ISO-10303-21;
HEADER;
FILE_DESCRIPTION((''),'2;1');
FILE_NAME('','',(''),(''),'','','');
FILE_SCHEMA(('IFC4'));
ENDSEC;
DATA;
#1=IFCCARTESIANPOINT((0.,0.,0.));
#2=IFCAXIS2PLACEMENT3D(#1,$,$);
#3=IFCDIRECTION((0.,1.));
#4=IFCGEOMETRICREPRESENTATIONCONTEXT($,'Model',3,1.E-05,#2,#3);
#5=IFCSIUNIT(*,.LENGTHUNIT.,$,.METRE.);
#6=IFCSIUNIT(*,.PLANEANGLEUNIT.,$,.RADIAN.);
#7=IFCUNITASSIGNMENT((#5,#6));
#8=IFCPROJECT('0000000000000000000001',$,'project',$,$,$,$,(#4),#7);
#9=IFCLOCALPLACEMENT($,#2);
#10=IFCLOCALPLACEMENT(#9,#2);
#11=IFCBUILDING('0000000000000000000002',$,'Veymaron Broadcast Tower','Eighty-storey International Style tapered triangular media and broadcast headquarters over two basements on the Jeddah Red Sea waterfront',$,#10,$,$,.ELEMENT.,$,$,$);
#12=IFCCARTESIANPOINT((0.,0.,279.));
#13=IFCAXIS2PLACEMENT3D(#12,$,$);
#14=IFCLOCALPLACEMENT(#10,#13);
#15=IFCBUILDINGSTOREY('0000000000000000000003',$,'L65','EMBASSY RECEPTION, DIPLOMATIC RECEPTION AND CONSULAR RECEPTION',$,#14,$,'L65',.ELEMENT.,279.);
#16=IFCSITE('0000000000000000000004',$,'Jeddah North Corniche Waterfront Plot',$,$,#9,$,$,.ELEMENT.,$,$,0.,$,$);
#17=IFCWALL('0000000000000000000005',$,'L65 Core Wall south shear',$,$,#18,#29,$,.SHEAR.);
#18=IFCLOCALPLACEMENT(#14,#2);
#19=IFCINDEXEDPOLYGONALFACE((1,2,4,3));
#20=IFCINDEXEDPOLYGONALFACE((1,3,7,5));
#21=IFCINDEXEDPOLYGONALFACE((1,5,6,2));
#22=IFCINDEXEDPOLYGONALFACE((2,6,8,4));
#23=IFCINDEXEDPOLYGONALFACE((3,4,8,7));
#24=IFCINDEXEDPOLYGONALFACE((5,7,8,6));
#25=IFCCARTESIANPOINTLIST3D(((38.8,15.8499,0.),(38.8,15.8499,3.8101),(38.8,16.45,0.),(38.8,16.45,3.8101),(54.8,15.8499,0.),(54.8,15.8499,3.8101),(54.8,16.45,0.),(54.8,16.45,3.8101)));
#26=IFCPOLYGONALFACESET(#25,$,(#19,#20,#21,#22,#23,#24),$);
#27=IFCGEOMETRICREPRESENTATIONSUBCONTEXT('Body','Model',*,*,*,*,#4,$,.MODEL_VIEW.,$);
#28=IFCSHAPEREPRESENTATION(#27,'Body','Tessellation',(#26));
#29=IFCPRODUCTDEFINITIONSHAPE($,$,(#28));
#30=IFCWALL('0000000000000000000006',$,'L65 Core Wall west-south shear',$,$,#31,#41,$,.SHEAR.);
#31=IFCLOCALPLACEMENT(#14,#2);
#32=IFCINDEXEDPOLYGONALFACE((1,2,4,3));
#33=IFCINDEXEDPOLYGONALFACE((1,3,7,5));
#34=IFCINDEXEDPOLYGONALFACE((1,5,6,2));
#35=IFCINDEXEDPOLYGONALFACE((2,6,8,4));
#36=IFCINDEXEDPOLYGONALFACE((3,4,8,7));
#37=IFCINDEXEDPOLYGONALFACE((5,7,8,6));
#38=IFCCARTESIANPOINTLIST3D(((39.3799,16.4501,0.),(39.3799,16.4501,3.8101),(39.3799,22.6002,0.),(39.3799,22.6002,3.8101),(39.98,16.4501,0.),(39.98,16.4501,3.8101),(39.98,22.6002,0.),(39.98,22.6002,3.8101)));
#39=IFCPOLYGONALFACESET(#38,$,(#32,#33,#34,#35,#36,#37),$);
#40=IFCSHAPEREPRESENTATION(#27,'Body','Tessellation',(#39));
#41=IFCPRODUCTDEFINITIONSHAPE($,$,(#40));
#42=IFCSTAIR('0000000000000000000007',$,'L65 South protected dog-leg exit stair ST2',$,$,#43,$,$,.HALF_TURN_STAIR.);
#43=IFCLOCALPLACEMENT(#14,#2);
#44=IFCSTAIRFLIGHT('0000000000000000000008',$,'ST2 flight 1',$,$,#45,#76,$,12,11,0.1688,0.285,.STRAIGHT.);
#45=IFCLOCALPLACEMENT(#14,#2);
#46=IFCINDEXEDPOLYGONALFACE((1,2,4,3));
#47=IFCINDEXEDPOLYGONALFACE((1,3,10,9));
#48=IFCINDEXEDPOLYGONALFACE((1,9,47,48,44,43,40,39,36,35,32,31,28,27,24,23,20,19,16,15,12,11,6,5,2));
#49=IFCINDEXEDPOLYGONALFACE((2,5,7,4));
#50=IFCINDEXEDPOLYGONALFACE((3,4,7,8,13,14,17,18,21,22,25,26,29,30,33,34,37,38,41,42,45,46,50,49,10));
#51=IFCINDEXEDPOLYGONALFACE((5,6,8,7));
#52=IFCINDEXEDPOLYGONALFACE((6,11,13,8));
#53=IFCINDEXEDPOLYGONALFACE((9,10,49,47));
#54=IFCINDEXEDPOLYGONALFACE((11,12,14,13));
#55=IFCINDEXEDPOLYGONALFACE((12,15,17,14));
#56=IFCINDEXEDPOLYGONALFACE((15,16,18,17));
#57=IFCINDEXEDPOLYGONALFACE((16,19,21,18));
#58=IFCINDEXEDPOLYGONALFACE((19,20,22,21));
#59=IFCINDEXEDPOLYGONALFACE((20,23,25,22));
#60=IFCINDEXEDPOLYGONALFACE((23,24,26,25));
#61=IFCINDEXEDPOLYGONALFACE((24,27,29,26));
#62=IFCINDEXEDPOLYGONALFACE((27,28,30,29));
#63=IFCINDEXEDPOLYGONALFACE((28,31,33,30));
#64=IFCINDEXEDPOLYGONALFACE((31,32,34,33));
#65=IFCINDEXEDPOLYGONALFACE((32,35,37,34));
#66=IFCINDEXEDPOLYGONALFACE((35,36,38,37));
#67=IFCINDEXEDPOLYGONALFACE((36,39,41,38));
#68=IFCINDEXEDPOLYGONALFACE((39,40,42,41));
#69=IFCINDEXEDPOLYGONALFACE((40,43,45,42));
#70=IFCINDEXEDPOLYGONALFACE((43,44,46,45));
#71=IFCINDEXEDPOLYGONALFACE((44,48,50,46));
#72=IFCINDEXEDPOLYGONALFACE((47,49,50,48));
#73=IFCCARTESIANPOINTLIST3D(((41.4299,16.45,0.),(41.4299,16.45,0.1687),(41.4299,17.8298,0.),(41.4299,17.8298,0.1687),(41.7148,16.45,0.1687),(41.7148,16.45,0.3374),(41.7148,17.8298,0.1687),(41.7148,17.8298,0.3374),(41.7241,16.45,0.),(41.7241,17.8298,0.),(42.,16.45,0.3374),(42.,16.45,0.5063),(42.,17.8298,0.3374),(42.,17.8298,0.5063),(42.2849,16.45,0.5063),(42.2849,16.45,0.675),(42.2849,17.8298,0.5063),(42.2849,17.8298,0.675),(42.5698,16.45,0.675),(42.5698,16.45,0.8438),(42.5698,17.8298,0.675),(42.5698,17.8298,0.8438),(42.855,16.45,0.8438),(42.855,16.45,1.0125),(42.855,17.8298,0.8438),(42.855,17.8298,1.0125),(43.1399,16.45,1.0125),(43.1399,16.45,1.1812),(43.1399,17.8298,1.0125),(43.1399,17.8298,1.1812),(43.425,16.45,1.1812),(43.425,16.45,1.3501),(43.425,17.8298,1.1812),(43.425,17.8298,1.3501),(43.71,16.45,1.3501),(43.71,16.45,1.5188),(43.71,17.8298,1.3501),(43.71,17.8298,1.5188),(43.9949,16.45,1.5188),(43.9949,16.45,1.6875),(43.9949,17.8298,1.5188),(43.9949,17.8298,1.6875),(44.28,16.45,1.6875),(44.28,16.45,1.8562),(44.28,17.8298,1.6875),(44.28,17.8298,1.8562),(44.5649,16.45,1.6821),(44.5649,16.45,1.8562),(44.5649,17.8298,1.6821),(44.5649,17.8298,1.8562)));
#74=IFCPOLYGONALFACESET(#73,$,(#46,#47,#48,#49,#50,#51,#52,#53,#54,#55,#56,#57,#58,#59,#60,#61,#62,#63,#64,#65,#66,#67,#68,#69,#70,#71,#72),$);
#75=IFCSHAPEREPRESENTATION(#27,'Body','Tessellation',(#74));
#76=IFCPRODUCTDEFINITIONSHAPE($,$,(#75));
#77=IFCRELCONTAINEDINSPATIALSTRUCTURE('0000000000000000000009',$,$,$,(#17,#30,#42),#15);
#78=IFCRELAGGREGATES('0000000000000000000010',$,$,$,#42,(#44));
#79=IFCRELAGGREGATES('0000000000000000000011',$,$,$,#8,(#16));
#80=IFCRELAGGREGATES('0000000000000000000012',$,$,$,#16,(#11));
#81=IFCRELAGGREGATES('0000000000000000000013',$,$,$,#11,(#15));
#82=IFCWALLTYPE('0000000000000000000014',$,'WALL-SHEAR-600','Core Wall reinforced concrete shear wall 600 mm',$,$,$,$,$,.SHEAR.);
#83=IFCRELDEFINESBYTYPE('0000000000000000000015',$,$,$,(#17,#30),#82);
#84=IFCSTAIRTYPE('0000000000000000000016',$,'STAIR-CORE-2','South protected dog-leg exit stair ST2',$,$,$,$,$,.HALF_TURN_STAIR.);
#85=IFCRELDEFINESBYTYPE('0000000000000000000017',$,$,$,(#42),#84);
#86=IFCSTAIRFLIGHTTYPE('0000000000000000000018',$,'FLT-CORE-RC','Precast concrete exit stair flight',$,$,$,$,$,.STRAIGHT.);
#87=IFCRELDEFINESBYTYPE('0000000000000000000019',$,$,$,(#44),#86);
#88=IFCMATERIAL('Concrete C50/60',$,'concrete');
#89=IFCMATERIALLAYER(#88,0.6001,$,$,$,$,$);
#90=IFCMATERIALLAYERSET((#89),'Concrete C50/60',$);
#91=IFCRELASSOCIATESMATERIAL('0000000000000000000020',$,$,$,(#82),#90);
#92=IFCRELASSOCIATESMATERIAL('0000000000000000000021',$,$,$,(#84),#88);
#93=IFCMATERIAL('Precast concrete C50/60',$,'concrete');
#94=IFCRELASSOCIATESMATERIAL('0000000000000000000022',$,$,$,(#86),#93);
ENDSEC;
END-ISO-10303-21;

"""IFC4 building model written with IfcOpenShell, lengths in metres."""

from ifc_helpers import new_model, si_unit, direction, frame, frame_2d, origin, place, context, subcontext, project, spatial, polyline, rectangle, outline, extrude, material, layer, layer_set, type_object, element, aggregate, save


model = new_model("IFC4")

# Units and contexts
model_context = context("Model", 3, precision=1e-05, world=origin(), true_north=direction((0.0, 1.0)))
body_context = subcontext(model_context, "Body", "Model", "MODEL_VIEW")
ifc_project = project(units=[si_unit("LENGTHUNIT", "METRE"), si_unit("PLANEANGLEUNIT", "RADIAN")], contexts=[model_context])

# Site, building, storey
site_placement = place(None, origin())
site = spatial("IfcSite", under=ifc_project, at=site_placement, Name="Jeddah North Corniche Waterfront Plot", CompositionType="ELEMENT", RefElevation=0.0)
building_placement = place(site_placement, origin())
building = spatial("IfcBuilding", under=site, at=building_placement, Name="Veymaron Broadcast Tower", Description="Eighty-storey International Style tapered triangular media and broadcast headquarters over two basements on the Jeddah Red Sea waterfront", CompositionType="ELEMENT")
storey_placement = place(building_placement, frame((0.0, 0.0, 279.0)))
storey = spatial("IfcBuildingStorey", under=building, at=storey_placement, Name="L65", Description="EMBASSY RECEPTION, DIPLOMATIC RECEPTION AND CONSULAR RECEPTION", LongName="L65", CompositionType="ELEMENT", Elevation=279.0)

# Shared definitions
ifc_material_1 = material(Name="Concrete C50/60", Category="concrete")

# Walls
ifc_layer_1 = layer(ifc_material_1, 0.6001)
ifc_layer_set_1 = layer_set([ifc_layer_1], Name="Concrete C50/60")
wall_type_1 = type_object("IfcWallType", Name="WALL-SHEAR-600", Description="Core Wall reinforced concrete shear wall 600 mm", PredefinedType="SHEAR", material=ifc_layer_set_1)
wall_1_placement = place(storey_placement, frame((38.8, 16.1499, 0.0), z_axis=(0.0, 0.0, 1.0), x_axis=(1.0, 0.0, 0.0)))
element("IfcWall", 1, at=wall_1_placement, inside=storey, type_object=wall_type_1, Name="L65 Core Wall south shear", PredefinedType="SHEAR", context=body_context, shape_type="SweptSolid", body=[
    extrude(rectangle(XDim=16.0, YDim=0.6001, at=frame_2d((8.0, 0.0))), origin(), (0.0, 0.0, 1.0), 3.8101),
])
wall_2_placement = place(storey_placement, frame((39.6799, 16.45, 0.0), z_axis=(0.0, 0.0, 1.0), x_axis=(0.0, 1.0, 0.0)))
element("IfcWall", 2, at=wall_2_placement, inside=storey, type_object=wall_type_1, Name="L65 Core Wall west-south shear", PredefinedType="SHEAR", context=body_context, shape_type="SweptSolid", body=[
    extrude(rectangle(XDim=6.1501, YDim=0.6001, at=frame_2d((3.0752, 0.0))), origin(), (0.0, 0.0, 1.0), 3.8101),
])

# Stair, stair flight
stair_type = type_object("IfcStairType", Name="STAIR-CORE-2", Description="South protected dog-leg exit stair ST2", PredefinedType="HALF_TURN_STAIR", material=ifc_material_1)
stair_placement = place(storey_placement, origin())
stair = element("IfcStair", 3, at=stair_placement, inside=storey, type_object=stair_type, Name="L65 South protected dog-leg exit stair ST2", PredefinedType="HALF_TURN_STAIR")
ifc_material_2 = material(Name="Precast concrete C50/60", Category="concrete")
stair_flight_type = type_object("IfcStairFlightType", Name="FLT-CORE-RC", Description="Precast concrete exit stair flight", PredefinedType="STRAIGHT", material=ifc_material_2)
stair_flight_placement = place(storey_placement, frame((41.4299, 17.1399, 0.0), z_axis=(0.0, 0.0, 1.0), x_axis=(1.0, 0.0, 0.0)))
stair_flight = element("IfcStairFlight", 4, at=stair_flight_placement, type_object=stair_flight_type, Name="ST2 flight 1", NumberOfRisers=12, NumberOfTreads=11, PredefinedType="STRAIGHT", RiserHeight=0.1688, TreadLength=0.285, context=body_context, shape_type="SweptSolid", body=[
    extrude(outline(polyline([(0.0, 0.0), (0.0, 0.1687), (0.2849, 0.1687), (0.2849, 0.3374), (0.5701, 0.3374), (0.5701, 0.5063), (0.855, 0.5063), (0.855, 0.675), (1.1399, 0.675), (1.1399, 0.8438), (1.425, 0.8438), (1.425, 1.0125), (1.71, 1.0125), (1.71, 1.1812), (1.9951, 1.1812), (1.9951, 1.3501), (2.28, 1.3501), (2.28, 1.5188), (2.5649, 1.5188), (2.5649, 1.6875), (2.8501, 1.6875), (2.8501, 1.8562), (3.135, 1.8562), (3.135, 2.0249), (3.135, 1.6821), (0.2942, 0.0), (0.0, 0.0)])), frame((0.0, 0.6899, 0.0), z_axis=(0.0, -1.0, 0.0), x_axis=(1.0, 0.0, 0.0)), (0.0, 0.0, 1.0), 1.3799),
])
aggregate(stair, [stair_flight])

save(model, "model.ifc")
